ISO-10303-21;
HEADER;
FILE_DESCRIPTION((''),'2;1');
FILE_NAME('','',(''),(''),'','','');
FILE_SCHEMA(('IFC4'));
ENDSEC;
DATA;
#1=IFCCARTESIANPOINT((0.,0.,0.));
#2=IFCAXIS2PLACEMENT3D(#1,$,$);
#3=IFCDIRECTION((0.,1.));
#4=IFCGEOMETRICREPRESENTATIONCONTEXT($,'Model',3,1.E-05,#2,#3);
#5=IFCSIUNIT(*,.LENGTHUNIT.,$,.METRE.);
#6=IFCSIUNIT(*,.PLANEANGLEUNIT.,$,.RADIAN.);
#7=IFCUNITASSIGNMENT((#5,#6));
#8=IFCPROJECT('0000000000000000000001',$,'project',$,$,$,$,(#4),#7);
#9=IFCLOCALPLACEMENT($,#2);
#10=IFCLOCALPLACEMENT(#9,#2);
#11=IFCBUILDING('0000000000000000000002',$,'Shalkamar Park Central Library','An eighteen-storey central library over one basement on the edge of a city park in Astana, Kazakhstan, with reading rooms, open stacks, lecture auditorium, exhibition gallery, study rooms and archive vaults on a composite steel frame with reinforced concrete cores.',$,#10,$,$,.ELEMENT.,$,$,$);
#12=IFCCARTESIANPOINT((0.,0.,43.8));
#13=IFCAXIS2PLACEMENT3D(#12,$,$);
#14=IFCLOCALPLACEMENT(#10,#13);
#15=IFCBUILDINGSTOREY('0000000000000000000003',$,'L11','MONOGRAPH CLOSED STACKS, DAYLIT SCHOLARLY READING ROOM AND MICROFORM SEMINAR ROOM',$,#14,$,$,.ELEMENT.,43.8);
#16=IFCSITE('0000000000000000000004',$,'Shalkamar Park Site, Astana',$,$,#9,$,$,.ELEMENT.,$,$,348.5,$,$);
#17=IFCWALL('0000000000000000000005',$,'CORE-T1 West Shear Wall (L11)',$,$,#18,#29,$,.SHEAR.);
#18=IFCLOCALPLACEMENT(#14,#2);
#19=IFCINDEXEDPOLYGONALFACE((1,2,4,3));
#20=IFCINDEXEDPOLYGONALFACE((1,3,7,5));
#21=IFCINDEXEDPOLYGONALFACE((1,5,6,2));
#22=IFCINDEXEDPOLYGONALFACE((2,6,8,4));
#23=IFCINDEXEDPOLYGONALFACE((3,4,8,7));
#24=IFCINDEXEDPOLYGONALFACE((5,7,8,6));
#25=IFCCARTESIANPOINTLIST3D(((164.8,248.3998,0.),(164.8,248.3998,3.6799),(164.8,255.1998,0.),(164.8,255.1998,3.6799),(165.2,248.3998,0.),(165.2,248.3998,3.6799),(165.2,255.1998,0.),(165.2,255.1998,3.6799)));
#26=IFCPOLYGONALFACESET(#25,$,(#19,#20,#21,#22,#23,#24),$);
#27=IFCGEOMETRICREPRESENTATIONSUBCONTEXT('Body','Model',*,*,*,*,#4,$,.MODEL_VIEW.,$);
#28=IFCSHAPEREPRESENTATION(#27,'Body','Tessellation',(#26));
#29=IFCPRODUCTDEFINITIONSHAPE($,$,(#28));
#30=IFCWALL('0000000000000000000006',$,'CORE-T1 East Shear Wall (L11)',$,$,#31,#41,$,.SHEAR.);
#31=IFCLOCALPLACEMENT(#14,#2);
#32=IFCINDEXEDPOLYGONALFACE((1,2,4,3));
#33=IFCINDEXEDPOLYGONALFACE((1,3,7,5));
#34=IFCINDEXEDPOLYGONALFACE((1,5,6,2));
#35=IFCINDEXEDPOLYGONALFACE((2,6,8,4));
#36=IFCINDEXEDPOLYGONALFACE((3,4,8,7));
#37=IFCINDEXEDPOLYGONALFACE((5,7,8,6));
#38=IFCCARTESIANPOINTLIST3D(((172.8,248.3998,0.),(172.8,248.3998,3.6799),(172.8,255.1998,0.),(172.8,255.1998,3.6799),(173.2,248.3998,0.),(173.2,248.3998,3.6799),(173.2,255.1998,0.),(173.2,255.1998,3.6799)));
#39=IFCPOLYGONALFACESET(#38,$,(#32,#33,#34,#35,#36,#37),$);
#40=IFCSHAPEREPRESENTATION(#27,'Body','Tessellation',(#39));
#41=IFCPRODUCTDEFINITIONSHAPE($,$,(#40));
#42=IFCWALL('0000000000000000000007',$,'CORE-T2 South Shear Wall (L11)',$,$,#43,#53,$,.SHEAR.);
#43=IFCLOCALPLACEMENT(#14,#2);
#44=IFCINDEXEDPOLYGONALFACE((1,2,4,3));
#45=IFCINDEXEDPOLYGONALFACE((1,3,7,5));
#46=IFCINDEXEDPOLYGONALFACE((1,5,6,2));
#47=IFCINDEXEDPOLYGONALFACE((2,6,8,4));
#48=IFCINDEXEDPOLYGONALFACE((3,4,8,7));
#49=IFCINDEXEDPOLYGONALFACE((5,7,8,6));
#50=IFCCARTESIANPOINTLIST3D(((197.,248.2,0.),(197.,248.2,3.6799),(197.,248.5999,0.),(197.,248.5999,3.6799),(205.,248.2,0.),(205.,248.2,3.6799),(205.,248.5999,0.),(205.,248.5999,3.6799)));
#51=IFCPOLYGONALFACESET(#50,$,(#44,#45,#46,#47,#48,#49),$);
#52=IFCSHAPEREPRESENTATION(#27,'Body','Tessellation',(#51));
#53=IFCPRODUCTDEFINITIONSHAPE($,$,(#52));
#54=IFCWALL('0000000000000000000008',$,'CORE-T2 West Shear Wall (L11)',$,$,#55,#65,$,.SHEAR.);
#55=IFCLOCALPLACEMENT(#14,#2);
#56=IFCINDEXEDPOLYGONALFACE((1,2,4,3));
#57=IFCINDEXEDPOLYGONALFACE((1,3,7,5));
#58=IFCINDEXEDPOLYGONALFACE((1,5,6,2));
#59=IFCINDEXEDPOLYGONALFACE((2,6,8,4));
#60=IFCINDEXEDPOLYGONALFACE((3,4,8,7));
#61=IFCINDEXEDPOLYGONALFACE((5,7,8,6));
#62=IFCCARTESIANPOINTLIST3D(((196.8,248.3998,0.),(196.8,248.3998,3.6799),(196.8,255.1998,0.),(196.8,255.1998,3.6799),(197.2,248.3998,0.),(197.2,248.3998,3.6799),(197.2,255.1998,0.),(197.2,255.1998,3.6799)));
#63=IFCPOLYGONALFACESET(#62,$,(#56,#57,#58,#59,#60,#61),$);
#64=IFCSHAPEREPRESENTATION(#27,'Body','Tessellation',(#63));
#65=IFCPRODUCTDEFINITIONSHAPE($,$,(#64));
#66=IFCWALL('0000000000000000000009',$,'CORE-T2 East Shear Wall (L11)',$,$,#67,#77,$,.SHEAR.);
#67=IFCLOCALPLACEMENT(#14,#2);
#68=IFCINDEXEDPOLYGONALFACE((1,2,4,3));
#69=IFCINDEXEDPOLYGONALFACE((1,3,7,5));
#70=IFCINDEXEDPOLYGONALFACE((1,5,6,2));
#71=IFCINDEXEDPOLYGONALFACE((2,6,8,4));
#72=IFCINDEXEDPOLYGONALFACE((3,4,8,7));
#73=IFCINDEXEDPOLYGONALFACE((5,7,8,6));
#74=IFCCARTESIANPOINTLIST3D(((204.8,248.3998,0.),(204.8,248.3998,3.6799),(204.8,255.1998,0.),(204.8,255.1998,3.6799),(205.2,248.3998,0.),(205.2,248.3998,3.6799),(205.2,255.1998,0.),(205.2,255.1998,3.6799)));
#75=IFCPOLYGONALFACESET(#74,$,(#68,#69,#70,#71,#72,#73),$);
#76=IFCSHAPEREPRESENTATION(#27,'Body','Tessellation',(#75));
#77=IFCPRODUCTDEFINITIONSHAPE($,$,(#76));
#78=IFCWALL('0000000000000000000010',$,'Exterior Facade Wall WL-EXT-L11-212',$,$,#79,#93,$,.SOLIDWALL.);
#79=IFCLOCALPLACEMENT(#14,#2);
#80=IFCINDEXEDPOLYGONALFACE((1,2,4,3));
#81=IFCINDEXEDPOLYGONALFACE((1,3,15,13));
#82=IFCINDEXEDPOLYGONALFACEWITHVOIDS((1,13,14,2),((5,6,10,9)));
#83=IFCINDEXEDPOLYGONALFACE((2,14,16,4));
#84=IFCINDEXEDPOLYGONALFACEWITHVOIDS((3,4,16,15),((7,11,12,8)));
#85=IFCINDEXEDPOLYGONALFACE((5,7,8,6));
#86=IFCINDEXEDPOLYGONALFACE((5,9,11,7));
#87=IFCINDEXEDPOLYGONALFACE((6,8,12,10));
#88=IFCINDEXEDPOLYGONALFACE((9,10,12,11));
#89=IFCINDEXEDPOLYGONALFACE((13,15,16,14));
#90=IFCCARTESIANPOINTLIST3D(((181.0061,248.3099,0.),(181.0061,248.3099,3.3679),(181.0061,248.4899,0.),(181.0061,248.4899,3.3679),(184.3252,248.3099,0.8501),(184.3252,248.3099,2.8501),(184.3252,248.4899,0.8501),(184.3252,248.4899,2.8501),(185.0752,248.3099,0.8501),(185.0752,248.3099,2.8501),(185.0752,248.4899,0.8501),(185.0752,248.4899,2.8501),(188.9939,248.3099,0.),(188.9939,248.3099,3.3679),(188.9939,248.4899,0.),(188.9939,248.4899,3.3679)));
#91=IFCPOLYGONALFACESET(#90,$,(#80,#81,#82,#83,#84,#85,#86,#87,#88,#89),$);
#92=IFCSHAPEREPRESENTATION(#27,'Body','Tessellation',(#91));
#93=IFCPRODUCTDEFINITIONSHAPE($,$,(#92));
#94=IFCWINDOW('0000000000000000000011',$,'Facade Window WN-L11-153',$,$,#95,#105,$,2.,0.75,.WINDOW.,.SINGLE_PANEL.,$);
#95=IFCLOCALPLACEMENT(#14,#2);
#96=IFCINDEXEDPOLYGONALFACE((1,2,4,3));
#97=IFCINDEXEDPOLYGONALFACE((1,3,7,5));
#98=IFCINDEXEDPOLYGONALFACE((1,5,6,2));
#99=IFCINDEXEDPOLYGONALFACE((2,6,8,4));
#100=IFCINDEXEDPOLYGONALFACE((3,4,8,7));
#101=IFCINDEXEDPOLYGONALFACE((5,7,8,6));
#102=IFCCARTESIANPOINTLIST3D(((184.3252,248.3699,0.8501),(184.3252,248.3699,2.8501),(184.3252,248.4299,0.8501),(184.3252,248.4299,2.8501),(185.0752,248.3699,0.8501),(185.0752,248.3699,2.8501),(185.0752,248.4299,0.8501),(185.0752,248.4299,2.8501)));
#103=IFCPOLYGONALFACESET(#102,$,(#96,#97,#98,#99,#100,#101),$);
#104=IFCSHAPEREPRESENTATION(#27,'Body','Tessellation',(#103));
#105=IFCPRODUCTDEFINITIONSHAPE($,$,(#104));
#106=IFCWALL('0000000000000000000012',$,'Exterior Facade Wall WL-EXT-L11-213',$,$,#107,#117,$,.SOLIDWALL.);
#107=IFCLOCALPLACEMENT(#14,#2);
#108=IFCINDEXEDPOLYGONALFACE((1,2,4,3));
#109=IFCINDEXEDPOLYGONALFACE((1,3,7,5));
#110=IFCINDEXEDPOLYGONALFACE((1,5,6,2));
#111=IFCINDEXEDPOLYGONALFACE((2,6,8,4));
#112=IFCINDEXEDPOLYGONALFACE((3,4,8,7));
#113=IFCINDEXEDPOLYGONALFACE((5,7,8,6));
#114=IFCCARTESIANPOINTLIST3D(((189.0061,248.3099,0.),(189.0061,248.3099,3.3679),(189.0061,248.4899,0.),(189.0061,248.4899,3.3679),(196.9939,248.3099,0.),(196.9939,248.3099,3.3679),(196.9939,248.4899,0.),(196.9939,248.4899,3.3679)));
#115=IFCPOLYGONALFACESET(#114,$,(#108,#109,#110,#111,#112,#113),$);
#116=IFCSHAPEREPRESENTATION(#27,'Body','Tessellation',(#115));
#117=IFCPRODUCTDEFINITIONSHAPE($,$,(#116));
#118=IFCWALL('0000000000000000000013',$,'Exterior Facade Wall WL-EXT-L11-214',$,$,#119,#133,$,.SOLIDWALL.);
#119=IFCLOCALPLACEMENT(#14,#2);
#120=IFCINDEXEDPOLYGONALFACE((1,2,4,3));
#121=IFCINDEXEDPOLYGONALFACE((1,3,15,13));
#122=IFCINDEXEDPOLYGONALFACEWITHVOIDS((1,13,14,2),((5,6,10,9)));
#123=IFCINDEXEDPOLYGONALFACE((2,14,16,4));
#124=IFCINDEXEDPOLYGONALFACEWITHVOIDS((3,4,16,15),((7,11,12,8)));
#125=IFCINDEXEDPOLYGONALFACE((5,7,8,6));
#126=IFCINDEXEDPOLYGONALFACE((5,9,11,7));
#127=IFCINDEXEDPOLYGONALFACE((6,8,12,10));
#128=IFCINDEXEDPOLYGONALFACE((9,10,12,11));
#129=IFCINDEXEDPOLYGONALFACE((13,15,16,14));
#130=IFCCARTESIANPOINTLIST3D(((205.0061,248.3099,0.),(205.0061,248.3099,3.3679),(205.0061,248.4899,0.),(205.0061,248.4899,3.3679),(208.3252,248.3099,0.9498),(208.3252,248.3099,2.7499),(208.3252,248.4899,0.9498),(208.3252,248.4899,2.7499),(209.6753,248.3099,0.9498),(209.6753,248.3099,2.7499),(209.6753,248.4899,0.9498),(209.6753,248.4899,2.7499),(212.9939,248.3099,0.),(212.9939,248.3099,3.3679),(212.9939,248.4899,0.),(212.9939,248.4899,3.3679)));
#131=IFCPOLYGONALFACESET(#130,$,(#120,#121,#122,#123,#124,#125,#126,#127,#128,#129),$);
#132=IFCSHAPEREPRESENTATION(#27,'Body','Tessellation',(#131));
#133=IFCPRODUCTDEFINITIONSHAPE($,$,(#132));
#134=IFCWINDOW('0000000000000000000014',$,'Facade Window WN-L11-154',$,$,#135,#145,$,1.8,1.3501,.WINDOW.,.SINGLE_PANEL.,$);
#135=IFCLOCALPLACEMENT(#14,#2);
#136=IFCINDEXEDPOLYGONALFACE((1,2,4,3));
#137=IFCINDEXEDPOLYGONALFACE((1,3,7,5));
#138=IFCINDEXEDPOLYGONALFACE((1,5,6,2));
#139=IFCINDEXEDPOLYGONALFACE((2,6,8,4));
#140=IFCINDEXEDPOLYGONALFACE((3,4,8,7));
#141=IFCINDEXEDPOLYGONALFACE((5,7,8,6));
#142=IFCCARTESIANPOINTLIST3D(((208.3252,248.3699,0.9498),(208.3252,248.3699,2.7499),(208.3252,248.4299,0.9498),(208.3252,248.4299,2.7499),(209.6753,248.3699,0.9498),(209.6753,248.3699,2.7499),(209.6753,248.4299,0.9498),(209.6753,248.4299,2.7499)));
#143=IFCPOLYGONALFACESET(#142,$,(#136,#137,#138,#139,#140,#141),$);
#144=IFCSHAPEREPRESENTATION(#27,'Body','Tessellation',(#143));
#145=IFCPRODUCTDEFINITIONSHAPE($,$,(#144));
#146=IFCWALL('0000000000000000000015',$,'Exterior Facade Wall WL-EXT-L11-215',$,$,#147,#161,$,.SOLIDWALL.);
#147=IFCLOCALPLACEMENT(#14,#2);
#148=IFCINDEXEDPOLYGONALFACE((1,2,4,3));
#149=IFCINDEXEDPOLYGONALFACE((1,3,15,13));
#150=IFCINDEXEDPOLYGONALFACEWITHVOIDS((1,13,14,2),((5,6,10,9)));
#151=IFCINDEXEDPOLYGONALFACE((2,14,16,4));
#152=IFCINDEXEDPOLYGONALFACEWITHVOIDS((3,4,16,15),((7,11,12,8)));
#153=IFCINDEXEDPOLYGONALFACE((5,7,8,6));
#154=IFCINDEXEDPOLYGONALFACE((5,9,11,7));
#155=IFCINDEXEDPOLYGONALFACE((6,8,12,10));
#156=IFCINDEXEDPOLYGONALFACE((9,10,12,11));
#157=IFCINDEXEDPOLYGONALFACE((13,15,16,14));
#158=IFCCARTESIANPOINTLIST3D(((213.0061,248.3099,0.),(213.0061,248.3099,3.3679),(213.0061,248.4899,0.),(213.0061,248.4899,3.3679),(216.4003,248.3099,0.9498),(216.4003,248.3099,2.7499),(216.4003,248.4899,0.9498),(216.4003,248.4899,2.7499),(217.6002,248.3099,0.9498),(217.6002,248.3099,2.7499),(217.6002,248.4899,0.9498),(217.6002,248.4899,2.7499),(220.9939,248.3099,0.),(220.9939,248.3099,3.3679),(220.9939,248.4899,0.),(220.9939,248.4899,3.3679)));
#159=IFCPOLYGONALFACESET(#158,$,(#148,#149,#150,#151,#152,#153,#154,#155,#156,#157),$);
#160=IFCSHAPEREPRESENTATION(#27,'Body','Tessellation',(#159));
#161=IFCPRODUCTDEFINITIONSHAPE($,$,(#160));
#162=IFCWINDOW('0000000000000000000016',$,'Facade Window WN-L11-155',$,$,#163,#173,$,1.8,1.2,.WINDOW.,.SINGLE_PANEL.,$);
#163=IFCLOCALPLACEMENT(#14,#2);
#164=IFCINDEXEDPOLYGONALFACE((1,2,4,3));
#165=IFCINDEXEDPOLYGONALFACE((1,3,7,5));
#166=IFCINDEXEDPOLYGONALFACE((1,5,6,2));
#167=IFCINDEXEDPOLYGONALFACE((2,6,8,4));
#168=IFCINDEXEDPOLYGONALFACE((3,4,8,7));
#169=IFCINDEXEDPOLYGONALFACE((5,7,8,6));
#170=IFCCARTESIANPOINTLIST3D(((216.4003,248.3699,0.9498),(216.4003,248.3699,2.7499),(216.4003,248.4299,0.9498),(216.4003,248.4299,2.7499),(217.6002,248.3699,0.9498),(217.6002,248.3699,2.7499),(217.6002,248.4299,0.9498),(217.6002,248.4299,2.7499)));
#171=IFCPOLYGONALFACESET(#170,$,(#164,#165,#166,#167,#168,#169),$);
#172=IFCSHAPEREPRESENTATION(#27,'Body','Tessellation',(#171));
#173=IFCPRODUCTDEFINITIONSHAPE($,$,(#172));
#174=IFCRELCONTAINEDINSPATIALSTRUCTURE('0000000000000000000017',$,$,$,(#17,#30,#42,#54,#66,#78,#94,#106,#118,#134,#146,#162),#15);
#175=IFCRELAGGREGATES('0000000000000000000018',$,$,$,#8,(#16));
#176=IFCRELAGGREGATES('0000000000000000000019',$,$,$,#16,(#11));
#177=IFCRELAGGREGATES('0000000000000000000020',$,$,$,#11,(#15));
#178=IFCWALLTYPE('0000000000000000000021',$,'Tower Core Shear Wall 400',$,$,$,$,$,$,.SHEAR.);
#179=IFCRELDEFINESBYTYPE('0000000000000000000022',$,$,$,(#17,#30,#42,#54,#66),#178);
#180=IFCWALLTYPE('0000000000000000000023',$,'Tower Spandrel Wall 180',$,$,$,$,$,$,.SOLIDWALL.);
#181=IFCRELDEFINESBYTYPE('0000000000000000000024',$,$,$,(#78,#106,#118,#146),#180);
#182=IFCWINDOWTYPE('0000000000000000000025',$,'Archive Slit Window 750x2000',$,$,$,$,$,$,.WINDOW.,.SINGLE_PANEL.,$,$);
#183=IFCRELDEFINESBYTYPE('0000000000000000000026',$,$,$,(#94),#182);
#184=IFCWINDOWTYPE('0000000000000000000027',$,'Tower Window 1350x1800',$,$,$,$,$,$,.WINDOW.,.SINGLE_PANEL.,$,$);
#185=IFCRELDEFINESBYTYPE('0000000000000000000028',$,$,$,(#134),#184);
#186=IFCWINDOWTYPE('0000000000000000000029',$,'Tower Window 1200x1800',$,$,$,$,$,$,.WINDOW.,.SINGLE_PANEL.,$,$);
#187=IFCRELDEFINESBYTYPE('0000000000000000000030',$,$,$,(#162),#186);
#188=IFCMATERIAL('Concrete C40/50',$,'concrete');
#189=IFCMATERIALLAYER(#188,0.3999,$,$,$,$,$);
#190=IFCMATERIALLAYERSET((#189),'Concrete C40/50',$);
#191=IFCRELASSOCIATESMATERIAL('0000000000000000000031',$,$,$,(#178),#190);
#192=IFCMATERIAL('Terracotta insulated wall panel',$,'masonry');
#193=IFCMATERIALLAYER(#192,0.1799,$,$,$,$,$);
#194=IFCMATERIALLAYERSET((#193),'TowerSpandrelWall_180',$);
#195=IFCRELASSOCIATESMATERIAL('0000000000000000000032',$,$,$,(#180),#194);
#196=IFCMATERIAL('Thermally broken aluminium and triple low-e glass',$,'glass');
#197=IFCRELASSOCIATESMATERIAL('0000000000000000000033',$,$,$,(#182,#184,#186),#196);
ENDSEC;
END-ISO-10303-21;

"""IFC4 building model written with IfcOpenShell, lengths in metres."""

from ifc_helpers import new_model, si_unit, direction, frame, frame_2d, origin, place, context, subcontext, project, spatial, rectangle, extrude, material, layer, layer_set, type_object, element, fill, save


model = new_model("IFC4")

# Units and contexts
model_context = context("Model", 3, precision=1e-05, world=origin(), true_north=direction((0.0, 1.0)))
body_context = subcontext(model_context, "Body", "Model", "MODEL_VIEW")
ifc_project = project(units=[si_unit("LENGTHUNIT", "METRE"), si_unit("PLANEANGLEUNIT", "RADIAN")], contexts=[model_context])

# Site, building, storey
site_placement = place(None, origin())
site = spatial("IfcSite", under=ifc_project, at=site_placement, Name="Shalkamar Park Site, Astana", CompositionType="ELEMENT", RefElevation=348.5)
building_placement = place(site_placement, origin())
building = spatial("IfcBuilding", under=site, at=building_placement, Name="Shalkamar Park Central Library", Description="An eighteen-storey central library over one basement on the edge of a city park in Astana, Kazakhstan, with reading rooms, open stacks, lecture auditorium, exhibition gallery, study rooms and archive vaults on a composite steel frame with reinforced concrete cores.", CompositionType="ELEMENT")
storey_placement = place(building_placement, frame((0.0, 0.0, 43.8)))
storey = spatial("IfcBuildingStorey", under=building, at=storey_placement, Name="L11", Description="MONOGRAPH CLOSED STACKS, DAYLIT SCHOLARLY READING ROOM AND MICROFORM SEMINAR ROOM", CompositionType="ELEMENT", Elevation=43.8)

# Walls
ifc_material_1 = material(Name="Concrete C40/50", Category="concrete")
ifc_layer_1 = layer(ifc_material_1, 0.3999)
ifc_layer_set_1 = layer_set([ifc_layer_1], Name="Concrete C40/50")
wall_type_1 = type_object("IfcWallType", Name="Tower Core Shear Wall 400", PredefinedType="SHEAR", material=ifc_layer_set_1)
for number, where, z_axis, x_axis, name in (
    (1, (165.0, 248.3999, 0.0), (0.0, 0.0, 1.0), (0.0, 1.0, 0.0), "CORE-T1 West Shear Wall (L11)"),
    (2, (173.0, 248.3999, 0.0), (0.0, 0.0, 1.0), (0.0, 1.0, 0.0), "CORE-T1 East Shear Wall (L11)"),
):
    element("IfcWall", number, at=place(storey_placement, frame(where, z_axis=z_axis, x_axis=x_axis)), inside=storey, type_object=wall_type_1, Name=name, PredefinedType="SHEAR", context=body_context, shape_type="SweptSolid", body=[
        extrude(rectangle(XDim=6.8, YDim=0.3999, at=frame_2d((3.3999, 0.0))), origin(), (0.0, 0.0, 1.0), 3.6799),
    ])
wall_1_placement = place(storey_placement, frame((197.0, 248.3999, 0.0), z_axis=(0.0, 0.0, 1.0), x_axis=(1.0, 0.0, 0.0)))
element("IfcWall", 3, at=wall_1_placement, inside=storey, type_object=wall_type_1, Name="CORE-T2 South Shear Wall (L11)", PredefinedType="SHEAR", context=body_context, shape_type="SweptSolid", body=[
    extrude(rectangle(XDim=8.0, YDim=0.3999, at=frame_2d((4.0, 0.0))), origin(), (0.0, 0.0, 1.0), 3.6799),
])
for number, where, z_axis, x_axis, name in (
    (4, (197.0, 248.3999, 0.0), (0.0, 0.0, 1.0), (0.0, 1.0, 0.0), "CORE-T2 West Shear Wall (L11)"),
    (5, (205.0, 248.3999, 0.0), (0.0, 0.0, 1.0), (0.0, 1.0, 0.0), "CORE-T2 East Shear Wall (L11)"),
):
    element("IfcWall", number, at=place(storey_placement, frame(where, z_axis=z_axis, x_axis=x_axis)), inside=storey, type_object=wall_type_1, Name=name, PredefinedType="SHEAR", context=body_context, shape_type="SweptSolid", body=[
        extrude(rectangle(XDim=6.8, YDim=0.3999, at=frame_2d((3.3999, 0.0))), origin(), (0.0, 0.0, 1.0), 3.6799),
    ])

# Wall, opening, window
ifc_material_2 = material(Name="Terracotta insulated wall panel", Category="masonry")
ifc_layer_2 = layer(ifc_material_2, 0.1799)
ifc_layer_set_2 = layer_set([ifc_layer_2], Name="TowerSpandrelWall_180")
wall_type_2 = type_object("IfcWallType", Name="Tower Spandrel Wall 180", PredefinedType="SOLIDWALL", material=ifc_layer_set_2)
wall_2_placement = place(storey_placement, frame((181.0061, 248.3999, 0.0), z_axis=(0.0, 0.0, 1.0), x_axis=(1.0, 0.0, 0.0)))
wall_2 = element("IfcWall", 6, at=wall_2_placement, inside=storey, type_object=wall_type_2, Name="Exterior Facade Wall WL-EXT-L11-212", PredefinedType="SOLIDWALL", context=body_context, shape_type="SweptSolid", body=[
    extrude(rectangle(XDim=7.9878, YDim=0.1799, at=frame_2d((3.9939, 0.0))), origin(), (0.0, 0.0, 1.0), 3.3679),
])
opening_1_placement = place(wall_2_placement, frame((3.3191, 0.0, 0.8501)))
opening_1 = element("IfcOpeningElement", 7, at=opening_1_placement, cuts=wall_2, PredefinedType="OPENING", context=body_context, shape_type="SweptSolid", body=[
    extrude(rectangle(XDim=0.75, YDim=2.0, at=frame_2d((0.375, 1.0))), frame((0.0, 0.105, 0.0), z_axis=(0.0, -1.0, 0.0), x_axis=(1.0, 0.0, 0.0)), (0.0, 0.0, 1.0), 0.2097),
])
ifc_material_3 = material(Name="Thermally broken aluminium and triple low-e glass", Category="glass")
window_type_1 = type_object("IfcWindowType", Name="Archive Slit Window 750x2000", PartitioningType="SINGLE_PANEL", PredefinedType="WINDOW", material=ifc_material_3)
window_1_placement = place(opening_1_placement, origin())
window_1 = element("IfcWindow", 8, at=window_1_placement, inside=storey, type_object=window_type_1, Name="Facade Window WN-L11-153", OverallHeight=2.0, OverallWidth=0.75, PartitioningType="SINGLE_PANEL", PredefinedType="WINDOW", context=body_context, shape_type="SweptSolid", body=[
    extrude(rectangle(XDim=0.75, YDim=2.0, at=frame_2d((0.375, 1.0))), frame((0.0, 0.03, 0.0), z_axis=(0.0, -1.0, 0.0), x_axis=(1.0, 0.0, 0.0)), (0.0, 0.0, 1.0), 0.0601),
])
fill(opening_1, window_1)

# Wall
wall_3_placement = place(storey_placement, frame((189.0061, 248.3999, 0.0), z_axis=(0.0, 0.0, 1.0), x_axis=(1.0, 0.0, 0.0)))
element("IfcWall", 9, at=wall_3_placement, inside=storey, type_object=wall_type_2, Name="Exterior Facade Wall WL-EXT-L11-213", PredefinedType="SOLIDWALL", context=body_context, shape_type="SweptSolid", body=[
    extrude(rectangle(XDim=7.9878, YDim=0.1799, at=frame_2d((3.9939, 0.0))), origin(), (0.0, 0.0, 1.0), 3.3679),
])

# Walls, openings, windows
wall_4_placement = place(storey_placement, frame((205.0061, 248.3999, 0.0), z_axis=(0.0, 0.0, 1.0), x_axis=(1.0, 0.0, 0.0)))
wall_4 = element("IfcWall", 10, at=wall_4_placement, inside=storey, type_object=wall_type_2, Name="Exterior Facade Wall WL-EXT-L11-214", PredefinedType="SOLIDWALL", context=body_context, shape_type="SweptSolid", body=[
    extrude(rectangle(XDim=7.9878, YDim=0.1799, at=frame_2d((3.9939, 0.0))), origin(), (0.0, 0.0, 1.0), 3.3679),
])
opening_2_placement = place(wall_4_placement, frame((3.3191, 0.0, 0.95)))
opening_2 = element("IfcOpeningElement", 11, at=opening_2_placement, cuts=wall_4, PredefinedType="OPENING", context=body_context, shape_type="SweptSolid", body=[
    extrude(rectangle(XDim=1.3501, YDim=1.8, at=frame_2d((0.675, 0.8999))), frame((0.0, 0.105, 0.0), z_axis=(0.0, -1.0, 0.0), x_axis=(1.0, 0.0, 0.0)), (0.0, 0.0, 1.0), 0.2097),
])
window_type_2 = type_object("IfcWindowType", Name="Tower Window 1350x1800", PartitioningType="SINGLE_PANEL", PredefinedType="WINDOW", material=ifc_material_3)
window_2_placement = place(opening_2_placement, origin())
window_2 = element("IfcWindow", 12, at=window_2_placement, inside=storey, type_object=window_type_2, Name="Facade Window WN-L11-154", OverallHeight=1.8, OverallWidth=1.3501, PartitioningType="SINGLE_PANEL", PredefinedType="WINDOW", context=body_context, shape_type="SweptSolid", body=[
    extrude(rectangle(XDim=1.3501, YDim=1.8, at=frame_2d((0.675, 0.8999))), frame((0.0, 0.03, 0.0), z_axis=(0.0, -1.0, 0.0), x_axis=(1.0, 0.0, 0.0)), (0.0, 0.0, 1.0), 0.0601),
])
fill(opening_2, window_2)
wall_5_placement = place(storey_placement, frame((213.0061, 248.3999, 0.0), z_axis=(0.0, 0.0, 1.0), x_axis=(1.0, 0.0, 0.0)))
wall_5 = element("IfcWall", 13, at=wall_5_placement, inside=storey, type_object=wall_type_2, Name="Exterior Facade Wall WL-EXT-L11-215", PredefinedType="SOLIDWALL", context=body_context, shape_type="SweptSolid", body=[
    extrude(rectangle(XDim=7.9878, YDim=0.1799, at=frame_2d((3.9939, 0.0))), origin(), (0.0, 0.0, 1.0), 3.3679),
])
opening_3_placement = place(wall_5_placement, frame((3.394, 0.0, 0.95)))
opening_3 = element("IfcOpeningElement", 14, at=opening_3_placement, cuts=wall_5, PredefinedType="OPENING", context=body_context, shape_type="SweptSolid", body=[
    extrude(rectangle(XDim=1.2, YDim=1.8, at=frame_2d((0.6001, 0.8999))), frame((0.0, 0.105, 0.0), z_axis=(0.0, -1.0, 0.0), x_axis=(1.0, 0.0, 0.0)), (0.0, 0.0, 1.0), 0.2097),
])
window_type_3 = type_object("IfcWindowType", Name="Tower Window 1200x1800", PartitioningType="SINGLE_PANEL", PredefinedType="WINDOW", material=ifc_material_3)
window_3_placement = place(opening_3_placement, origin())
window_3 = element("IfcWindow", 15, at=window_3_placement, inside=storey, type_object=window_type_3, Name="Facade Window WN-L11-155", OverallHeight=1.8, OverallWidth=1.2, PartitioningType="SINGLE_PANEL", PredefinedType="WINDOW", context=body_context, shape_type="SweptSolid", body=[
    extrude(rectangle(XDim=1.2, YDim=1.8, at=frame_2d((0.6001, 0.8999))), frame((0.0, 0.03, 0.0), z_axis=(0.0, -1.0, 0.0), x_axis=(1.0, 0.0, 0.0)), (0.0, 0.0, 1.0), 0.0601),
])
fill(opening_3, window_3)

save(model, "model.ifc")
